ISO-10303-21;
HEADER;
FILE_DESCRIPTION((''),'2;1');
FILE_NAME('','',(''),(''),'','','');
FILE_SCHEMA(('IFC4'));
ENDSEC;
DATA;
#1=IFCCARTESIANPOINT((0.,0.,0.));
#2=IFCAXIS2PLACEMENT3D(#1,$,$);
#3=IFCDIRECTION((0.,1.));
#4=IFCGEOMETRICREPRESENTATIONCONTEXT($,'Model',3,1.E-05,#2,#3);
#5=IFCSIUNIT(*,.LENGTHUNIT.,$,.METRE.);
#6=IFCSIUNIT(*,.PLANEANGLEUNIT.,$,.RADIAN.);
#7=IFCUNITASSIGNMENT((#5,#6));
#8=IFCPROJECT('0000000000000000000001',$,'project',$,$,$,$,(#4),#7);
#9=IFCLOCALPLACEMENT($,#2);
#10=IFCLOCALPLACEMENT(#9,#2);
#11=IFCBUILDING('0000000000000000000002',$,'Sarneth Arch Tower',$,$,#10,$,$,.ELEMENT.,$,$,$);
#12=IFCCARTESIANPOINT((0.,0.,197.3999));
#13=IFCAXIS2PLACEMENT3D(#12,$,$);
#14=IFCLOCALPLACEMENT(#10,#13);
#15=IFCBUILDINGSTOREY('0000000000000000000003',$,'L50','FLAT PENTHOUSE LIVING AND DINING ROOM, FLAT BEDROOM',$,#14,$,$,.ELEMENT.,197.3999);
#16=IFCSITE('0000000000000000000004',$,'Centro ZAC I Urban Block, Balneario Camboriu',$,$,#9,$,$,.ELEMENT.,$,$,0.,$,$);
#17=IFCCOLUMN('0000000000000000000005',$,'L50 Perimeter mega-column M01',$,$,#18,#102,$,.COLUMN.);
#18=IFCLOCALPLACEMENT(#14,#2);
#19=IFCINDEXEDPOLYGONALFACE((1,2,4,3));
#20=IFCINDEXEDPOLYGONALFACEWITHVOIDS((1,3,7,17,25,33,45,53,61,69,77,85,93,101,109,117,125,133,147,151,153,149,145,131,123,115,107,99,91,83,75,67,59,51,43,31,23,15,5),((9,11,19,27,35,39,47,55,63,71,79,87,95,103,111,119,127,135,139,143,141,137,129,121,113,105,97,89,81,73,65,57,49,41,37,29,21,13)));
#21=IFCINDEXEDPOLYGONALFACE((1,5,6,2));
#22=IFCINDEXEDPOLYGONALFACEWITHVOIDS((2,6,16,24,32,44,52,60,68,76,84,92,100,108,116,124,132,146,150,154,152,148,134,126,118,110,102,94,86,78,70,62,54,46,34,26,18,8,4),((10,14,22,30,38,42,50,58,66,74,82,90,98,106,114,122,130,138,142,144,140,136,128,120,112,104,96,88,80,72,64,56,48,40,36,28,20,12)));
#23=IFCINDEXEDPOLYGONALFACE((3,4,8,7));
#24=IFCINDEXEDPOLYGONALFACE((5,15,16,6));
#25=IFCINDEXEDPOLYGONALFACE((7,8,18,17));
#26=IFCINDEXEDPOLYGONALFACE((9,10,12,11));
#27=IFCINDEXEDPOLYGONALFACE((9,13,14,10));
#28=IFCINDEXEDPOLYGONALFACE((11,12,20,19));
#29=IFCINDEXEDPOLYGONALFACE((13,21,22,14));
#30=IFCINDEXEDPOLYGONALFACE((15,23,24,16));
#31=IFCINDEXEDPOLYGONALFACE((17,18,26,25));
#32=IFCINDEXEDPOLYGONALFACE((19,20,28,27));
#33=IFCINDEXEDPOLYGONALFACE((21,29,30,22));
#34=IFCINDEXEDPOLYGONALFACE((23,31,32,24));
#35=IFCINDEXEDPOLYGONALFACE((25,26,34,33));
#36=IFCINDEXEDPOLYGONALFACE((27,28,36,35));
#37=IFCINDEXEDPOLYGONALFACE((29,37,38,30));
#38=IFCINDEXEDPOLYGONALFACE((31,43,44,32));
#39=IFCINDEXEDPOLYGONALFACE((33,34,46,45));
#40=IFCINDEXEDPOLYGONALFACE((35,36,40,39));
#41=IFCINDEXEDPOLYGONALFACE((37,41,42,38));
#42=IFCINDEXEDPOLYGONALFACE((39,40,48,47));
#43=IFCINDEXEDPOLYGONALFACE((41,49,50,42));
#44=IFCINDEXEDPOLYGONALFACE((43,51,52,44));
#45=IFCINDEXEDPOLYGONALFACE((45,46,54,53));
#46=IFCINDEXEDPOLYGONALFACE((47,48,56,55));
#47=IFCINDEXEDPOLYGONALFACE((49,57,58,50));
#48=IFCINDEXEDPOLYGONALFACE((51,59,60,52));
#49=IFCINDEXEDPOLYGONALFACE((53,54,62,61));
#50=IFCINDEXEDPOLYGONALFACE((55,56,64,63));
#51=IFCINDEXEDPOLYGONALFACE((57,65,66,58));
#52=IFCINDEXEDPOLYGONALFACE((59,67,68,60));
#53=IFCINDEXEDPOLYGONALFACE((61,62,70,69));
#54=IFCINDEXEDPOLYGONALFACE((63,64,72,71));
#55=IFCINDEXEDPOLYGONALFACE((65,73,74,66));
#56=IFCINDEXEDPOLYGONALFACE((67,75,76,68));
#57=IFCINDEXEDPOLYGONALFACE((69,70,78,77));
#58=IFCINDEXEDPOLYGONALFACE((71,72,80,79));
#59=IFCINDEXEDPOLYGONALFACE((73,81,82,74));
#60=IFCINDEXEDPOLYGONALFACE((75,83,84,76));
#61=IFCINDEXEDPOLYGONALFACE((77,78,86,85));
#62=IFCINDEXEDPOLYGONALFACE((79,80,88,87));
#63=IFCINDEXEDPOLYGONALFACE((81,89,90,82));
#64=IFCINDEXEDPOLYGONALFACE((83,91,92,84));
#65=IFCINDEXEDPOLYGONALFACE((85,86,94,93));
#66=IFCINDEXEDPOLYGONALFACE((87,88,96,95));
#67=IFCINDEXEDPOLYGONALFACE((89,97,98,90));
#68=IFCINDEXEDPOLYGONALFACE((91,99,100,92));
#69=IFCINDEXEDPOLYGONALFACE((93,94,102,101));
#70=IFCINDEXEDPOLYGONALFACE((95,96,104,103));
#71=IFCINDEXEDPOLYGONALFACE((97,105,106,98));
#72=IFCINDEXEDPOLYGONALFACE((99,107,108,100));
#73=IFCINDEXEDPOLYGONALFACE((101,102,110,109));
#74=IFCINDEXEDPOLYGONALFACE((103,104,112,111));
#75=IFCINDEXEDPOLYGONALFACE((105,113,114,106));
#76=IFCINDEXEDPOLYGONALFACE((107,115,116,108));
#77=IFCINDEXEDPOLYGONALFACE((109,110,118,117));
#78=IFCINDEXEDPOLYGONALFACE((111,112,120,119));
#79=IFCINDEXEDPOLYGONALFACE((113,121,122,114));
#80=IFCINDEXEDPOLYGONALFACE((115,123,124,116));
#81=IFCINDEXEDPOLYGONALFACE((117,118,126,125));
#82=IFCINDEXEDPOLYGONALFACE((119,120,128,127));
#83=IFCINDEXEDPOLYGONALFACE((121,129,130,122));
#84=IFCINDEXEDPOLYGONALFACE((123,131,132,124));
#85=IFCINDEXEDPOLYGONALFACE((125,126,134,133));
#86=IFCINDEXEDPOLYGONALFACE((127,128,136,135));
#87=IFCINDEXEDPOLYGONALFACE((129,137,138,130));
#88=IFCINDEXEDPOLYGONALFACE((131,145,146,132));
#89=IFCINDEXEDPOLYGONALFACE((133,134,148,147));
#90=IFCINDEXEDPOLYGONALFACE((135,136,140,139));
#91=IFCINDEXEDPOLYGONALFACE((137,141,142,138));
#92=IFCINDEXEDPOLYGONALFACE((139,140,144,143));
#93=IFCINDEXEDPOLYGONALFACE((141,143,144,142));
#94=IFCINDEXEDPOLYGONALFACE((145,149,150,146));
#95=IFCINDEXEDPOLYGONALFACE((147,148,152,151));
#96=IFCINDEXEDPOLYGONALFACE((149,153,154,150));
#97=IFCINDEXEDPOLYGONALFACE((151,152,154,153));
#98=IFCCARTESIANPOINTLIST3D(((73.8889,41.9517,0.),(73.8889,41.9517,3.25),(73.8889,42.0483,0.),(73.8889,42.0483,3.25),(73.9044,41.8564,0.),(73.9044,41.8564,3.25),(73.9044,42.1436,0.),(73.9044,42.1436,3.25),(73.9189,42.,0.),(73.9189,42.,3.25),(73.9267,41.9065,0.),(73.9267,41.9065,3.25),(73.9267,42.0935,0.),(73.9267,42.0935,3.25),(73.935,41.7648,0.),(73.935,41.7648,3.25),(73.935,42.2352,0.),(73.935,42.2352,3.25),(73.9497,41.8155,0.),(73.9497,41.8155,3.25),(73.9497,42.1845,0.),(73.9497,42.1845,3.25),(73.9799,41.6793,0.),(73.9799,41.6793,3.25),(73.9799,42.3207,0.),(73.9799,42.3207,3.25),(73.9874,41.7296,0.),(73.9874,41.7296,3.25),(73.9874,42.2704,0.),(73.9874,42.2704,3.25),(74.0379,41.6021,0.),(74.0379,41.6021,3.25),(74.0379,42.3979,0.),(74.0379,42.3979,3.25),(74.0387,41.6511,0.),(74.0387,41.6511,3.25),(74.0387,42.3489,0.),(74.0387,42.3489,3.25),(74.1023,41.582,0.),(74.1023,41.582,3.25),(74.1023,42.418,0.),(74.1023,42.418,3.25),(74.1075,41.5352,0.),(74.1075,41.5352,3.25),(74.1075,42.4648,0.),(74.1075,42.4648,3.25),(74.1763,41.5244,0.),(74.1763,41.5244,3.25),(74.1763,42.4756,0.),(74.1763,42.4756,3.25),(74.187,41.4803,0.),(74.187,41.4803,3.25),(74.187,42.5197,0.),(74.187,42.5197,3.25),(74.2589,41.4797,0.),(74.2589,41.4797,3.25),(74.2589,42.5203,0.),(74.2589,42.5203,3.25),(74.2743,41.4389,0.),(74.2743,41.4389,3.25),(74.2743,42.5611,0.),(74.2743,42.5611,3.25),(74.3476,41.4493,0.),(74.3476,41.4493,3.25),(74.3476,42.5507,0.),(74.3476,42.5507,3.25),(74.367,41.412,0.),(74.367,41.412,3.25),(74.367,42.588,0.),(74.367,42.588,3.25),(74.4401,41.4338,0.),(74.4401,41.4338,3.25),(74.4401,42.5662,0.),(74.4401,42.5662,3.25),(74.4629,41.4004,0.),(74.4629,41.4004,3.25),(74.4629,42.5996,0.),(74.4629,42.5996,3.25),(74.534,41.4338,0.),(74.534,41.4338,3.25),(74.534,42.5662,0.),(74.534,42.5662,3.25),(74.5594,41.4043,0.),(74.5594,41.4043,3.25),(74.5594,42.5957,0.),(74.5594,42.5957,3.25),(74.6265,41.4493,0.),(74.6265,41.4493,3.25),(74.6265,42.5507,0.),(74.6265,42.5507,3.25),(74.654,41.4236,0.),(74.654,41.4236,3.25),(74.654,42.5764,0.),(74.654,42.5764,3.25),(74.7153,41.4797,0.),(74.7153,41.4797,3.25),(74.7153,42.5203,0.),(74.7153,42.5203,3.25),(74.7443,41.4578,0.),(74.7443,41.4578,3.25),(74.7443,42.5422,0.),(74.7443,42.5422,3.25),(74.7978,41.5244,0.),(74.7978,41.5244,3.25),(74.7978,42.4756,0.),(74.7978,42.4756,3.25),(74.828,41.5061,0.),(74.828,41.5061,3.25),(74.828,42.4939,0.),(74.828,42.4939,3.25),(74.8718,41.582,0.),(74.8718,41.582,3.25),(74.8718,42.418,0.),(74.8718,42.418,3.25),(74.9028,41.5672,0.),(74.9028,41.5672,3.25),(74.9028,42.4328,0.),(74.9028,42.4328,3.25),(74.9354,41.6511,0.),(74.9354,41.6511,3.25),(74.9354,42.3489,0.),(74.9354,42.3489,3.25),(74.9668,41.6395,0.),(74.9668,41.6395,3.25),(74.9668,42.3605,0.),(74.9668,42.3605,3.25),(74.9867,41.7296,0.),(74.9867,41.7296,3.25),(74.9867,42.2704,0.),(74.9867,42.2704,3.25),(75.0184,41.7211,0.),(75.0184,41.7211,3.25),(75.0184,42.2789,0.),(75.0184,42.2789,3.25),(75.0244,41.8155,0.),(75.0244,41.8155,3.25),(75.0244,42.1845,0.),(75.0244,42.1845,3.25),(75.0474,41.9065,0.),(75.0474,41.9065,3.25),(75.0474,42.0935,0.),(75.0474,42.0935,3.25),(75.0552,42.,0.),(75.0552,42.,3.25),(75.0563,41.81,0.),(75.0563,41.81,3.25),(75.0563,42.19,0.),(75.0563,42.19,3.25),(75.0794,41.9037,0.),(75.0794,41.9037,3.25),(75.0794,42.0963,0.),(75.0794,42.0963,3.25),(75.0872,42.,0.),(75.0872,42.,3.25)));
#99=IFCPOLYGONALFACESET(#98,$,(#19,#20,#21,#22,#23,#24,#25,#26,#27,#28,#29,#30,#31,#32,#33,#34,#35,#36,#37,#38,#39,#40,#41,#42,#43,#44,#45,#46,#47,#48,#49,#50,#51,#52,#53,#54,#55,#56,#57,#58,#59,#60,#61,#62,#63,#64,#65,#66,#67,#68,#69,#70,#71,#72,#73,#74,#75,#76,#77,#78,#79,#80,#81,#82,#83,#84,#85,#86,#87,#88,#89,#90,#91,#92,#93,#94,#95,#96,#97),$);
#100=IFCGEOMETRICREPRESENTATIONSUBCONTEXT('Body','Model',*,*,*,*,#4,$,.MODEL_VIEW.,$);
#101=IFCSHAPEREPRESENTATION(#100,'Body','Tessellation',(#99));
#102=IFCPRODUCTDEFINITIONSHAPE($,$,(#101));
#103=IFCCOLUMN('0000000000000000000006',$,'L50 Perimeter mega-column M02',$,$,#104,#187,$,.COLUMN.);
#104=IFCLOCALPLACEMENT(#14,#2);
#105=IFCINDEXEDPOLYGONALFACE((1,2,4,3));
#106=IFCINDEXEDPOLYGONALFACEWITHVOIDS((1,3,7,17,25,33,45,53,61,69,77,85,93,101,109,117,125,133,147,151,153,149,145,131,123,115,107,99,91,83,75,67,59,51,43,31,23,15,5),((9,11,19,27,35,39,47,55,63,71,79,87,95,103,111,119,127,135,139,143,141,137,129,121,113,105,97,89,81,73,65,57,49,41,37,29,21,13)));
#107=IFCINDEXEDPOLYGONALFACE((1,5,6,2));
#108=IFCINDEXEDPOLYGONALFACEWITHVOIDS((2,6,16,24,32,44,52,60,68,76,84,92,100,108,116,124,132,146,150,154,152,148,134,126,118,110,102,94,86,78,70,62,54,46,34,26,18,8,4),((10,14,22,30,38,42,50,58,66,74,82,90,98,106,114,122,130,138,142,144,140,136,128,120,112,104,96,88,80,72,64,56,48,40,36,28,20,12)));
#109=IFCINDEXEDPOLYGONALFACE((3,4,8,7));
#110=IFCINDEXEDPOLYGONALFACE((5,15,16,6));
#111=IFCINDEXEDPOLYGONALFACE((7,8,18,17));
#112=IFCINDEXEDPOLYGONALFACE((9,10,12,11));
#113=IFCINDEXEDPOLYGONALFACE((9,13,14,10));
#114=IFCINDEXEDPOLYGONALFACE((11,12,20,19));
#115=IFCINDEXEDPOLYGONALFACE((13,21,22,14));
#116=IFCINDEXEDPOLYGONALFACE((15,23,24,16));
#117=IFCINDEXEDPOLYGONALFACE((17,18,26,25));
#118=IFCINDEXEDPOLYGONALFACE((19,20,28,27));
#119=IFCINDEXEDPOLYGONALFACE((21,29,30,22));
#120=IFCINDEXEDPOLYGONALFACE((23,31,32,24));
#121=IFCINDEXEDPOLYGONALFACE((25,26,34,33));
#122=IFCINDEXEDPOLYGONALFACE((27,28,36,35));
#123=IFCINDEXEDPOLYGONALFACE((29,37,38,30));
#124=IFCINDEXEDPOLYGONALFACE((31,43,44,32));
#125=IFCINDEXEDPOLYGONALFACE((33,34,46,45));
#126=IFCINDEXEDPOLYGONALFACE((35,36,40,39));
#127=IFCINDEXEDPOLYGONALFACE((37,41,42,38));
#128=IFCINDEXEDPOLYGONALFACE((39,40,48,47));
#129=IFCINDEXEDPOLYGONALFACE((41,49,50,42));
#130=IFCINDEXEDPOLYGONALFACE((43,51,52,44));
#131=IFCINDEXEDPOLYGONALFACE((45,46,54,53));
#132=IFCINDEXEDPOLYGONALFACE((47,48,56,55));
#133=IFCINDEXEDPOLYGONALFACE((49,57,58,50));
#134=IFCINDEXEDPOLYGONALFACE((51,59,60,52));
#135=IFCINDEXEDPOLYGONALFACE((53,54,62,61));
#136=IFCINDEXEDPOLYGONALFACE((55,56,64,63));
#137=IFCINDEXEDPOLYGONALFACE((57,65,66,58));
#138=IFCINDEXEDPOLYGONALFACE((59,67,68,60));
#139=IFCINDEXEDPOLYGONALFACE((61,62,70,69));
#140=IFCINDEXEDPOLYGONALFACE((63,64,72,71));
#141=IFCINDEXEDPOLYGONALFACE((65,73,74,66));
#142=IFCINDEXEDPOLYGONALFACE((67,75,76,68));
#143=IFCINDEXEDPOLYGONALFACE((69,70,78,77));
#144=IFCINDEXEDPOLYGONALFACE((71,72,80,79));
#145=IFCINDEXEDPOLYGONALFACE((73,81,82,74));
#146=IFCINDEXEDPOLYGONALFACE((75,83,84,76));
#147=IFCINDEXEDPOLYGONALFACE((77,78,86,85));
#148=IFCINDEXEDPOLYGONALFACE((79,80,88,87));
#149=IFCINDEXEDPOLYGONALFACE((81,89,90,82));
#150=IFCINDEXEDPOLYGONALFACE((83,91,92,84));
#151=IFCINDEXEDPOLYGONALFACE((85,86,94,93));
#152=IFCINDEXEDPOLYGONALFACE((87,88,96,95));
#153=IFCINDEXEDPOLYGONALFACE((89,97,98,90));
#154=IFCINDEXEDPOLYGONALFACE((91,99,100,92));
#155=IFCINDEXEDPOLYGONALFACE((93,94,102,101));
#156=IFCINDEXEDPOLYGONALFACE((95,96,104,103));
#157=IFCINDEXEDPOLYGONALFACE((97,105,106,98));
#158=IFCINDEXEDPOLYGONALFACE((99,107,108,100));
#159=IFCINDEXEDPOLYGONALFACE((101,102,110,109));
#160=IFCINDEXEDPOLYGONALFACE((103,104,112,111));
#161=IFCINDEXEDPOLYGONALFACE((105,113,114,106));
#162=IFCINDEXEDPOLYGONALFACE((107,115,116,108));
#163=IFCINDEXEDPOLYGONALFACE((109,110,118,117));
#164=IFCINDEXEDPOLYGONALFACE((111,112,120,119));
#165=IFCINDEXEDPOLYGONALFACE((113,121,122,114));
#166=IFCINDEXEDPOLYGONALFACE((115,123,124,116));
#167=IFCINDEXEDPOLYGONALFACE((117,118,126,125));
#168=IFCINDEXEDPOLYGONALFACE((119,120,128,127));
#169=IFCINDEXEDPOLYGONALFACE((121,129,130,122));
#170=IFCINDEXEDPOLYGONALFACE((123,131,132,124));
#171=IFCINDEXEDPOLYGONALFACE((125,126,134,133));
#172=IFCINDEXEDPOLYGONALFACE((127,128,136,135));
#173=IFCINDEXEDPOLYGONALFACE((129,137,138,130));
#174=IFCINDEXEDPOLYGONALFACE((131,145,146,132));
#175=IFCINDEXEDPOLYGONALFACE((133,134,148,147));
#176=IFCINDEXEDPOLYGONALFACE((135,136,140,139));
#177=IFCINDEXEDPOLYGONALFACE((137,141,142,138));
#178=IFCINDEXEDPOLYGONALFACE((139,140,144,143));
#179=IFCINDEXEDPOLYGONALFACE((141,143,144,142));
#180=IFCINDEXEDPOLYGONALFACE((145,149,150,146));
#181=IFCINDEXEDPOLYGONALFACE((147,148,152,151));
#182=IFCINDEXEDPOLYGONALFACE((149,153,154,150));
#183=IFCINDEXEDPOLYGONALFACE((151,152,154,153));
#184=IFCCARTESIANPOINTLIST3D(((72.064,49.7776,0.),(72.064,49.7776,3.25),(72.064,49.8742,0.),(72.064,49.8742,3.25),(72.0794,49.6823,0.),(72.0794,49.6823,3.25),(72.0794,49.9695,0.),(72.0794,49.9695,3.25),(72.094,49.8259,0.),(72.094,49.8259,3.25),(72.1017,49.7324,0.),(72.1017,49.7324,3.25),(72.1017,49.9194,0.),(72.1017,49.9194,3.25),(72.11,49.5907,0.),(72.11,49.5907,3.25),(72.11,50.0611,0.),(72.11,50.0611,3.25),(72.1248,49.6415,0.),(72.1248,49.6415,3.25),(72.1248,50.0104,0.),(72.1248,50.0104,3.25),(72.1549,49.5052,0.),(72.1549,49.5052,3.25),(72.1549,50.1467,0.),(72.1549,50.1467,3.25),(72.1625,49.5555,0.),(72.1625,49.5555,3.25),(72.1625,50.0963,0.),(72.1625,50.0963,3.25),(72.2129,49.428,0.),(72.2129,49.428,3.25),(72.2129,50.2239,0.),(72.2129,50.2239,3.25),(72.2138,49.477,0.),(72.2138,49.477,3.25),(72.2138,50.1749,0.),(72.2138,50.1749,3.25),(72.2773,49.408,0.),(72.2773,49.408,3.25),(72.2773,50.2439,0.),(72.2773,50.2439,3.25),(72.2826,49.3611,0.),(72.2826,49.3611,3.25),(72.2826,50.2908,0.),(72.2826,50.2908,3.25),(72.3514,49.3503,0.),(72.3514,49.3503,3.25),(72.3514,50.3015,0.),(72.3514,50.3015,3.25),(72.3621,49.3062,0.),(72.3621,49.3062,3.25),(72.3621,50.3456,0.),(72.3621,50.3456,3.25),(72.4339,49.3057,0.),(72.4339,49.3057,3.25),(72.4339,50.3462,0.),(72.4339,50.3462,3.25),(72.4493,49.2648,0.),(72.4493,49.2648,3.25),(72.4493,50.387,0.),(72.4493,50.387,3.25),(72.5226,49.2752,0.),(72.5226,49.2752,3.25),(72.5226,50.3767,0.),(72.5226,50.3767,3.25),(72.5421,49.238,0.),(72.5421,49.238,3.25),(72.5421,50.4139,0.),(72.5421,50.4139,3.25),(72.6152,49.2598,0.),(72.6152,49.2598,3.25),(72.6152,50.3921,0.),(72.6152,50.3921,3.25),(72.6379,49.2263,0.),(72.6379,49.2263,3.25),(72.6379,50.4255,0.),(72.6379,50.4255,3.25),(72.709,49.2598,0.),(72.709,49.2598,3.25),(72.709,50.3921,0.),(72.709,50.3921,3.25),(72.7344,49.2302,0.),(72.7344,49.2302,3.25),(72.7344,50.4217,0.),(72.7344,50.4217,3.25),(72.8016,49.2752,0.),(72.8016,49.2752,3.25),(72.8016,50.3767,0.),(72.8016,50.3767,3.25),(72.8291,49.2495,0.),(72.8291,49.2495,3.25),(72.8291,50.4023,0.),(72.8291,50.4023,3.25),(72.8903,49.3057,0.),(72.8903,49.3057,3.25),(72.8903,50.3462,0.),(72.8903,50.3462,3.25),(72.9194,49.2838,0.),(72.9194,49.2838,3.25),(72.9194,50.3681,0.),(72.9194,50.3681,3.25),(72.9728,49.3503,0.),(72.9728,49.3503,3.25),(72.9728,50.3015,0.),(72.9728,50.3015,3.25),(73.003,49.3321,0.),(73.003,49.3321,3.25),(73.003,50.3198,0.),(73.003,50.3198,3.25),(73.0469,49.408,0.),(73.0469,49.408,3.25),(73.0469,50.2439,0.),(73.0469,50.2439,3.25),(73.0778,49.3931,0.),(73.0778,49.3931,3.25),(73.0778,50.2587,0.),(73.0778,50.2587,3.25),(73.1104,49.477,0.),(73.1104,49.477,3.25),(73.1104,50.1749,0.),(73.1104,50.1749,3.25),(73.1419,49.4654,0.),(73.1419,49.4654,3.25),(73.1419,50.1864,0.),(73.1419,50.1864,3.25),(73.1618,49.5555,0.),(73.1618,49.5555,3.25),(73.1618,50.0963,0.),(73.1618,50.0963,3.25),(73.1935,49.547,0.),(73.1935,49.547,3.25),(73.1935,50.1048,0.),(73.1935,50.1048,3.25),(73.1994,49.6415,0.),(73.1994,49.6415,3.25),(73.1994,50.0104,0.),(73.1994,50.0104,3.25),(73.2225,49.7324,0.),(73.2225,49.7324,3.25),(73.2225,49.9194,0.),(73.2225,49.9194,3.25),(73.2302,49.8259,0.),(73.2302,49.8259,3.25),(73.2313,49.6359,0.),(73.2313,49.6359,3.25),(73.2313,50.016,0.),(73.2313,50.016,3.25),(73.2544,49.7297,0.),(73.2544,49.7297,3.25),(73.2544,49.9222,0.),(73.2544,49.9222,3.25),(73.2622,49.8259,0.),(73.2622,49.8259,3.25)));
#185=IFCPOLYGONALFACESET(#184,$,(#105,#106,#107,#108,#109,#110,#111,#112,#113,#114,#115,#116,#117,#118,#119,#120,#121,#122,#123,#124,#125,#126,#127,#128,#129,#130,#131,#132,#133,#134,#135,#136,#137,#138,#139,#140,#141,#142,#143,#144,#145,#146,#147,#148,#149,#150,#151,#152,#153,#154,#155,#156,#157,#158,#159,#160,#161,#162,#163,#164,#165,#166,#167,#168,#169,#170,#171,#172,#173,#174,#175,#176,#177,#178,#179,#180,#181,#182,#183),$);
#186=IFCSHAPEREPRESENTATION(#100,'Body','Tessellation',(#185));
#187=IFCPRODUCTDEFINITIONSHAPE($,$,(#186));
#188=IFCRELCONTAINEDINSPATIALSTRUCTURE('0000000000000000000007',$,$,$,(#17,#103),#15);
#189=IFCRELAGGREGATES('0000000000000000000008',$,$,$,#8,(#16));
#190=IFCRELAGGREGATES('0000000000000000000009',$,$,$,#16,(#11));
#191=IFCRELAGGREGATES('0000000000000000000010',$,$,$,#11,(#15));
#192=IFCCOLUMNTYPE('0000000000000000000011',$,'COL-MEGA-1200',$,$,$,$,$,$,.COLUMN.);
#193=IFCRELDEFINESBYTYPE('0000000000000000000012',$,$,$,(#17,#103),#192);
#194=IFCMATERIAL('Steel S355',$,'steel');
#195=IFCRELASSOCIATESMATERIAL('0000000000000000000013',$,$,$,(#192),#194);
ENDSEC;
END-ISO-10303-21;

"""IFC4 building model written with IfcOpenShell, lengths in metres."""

from ifc_helpers import new_model, si_unit, direction, frame, origin, origin_2d, place, context, subcontext, project, spatial, hollow_circle, extrude, material, material_profile, profile_set, type_object, element, save


model = new_model("IFC4")

# Units and contexts
model_context = context("Model", 3, precision=1e-05, world=origin(), true_north=direction((0.0, 1.0)))
body_context = subcontext(model_context, "Body", "Model", "MODEL_VIEW")
ifc_project = project(units=[si_unit("LENGTHUNIT", "METRE"), si_unit("PLANEANGLEUNIT", "RADIAN")], contexts=[model_context])

# Site, building, storey
site_placement = place(None, origin())
site = spatial("IfcSite", under=ifc_project, at=site_placement, Name="Centro ZAC I Urban Block, Balneario Camboriu", CompositionType="ELEMENT", RefElevation=0.0)
building_placement = place(site_placement, origin())
building = spatial("IfcBuilding", under=site, at=building_placement, Name="Sarneth Arch Tower", CompositionType="ELEMENT")
storey_placement = place(building_placement, frame((0.0, 0.0, 197.3999)))
storey = spatial("IfcBuildingStorey", under=building, at=storey_placement, Name="L50", Description="FLAT PENTHOUSE LIVING AND DINING ROOM, FLAT BEDROOM", CompositionType="ELEMENT", Elevation=197.3999)

# Columns
ifc_material_1 = material(Name="Steel S355", Category="steel")
ifc_material_profile_1 = material_profile(ifc_material_1, hollow_circle(Radius=0.6001, WallThickness=0.032, at=origin_2d()), Name="CHS1200x32")
ifc_profile_set_1 = profile_set([ifc_material_profile_1], Name="Steel S355")
column_type = type_object("IfcColumnType", Name="COL-MEGA-1200", PredefinedType="COLUMN", material=ifc_profile_set_1)
for number, where, z_axis, x_axis, name in (
    (1, (74.4871, 42.0, 0.0), (0.0, 0.0, 1.0), (1.0, 0.0, 0.0), "L50 Perimeter mega-column M01"),
    (2, (72.6621, 49.8259, 0.0), (0.0, 0.0, 1.0), (1.0, 0.0, 0.0), "L50 Perimeter mega-column M02"),
):
    element("IfcColumn", number, at=place(storey_placement, frame(where, z_axis=z_axis, x_axis=x_axis)), inside=storey, type_object=column_type, Name=name, PredefinedType="COLUMN", context=body_context, shape_type="SweptSolid", body=[
        extrude(hollow_circle(Radius=0.6001, WallThickness=0.032, at=origin_2d()), origin(), (0.0, 0.0, 1.0), 3.25),
    ])

save(model, "model.ifc")
